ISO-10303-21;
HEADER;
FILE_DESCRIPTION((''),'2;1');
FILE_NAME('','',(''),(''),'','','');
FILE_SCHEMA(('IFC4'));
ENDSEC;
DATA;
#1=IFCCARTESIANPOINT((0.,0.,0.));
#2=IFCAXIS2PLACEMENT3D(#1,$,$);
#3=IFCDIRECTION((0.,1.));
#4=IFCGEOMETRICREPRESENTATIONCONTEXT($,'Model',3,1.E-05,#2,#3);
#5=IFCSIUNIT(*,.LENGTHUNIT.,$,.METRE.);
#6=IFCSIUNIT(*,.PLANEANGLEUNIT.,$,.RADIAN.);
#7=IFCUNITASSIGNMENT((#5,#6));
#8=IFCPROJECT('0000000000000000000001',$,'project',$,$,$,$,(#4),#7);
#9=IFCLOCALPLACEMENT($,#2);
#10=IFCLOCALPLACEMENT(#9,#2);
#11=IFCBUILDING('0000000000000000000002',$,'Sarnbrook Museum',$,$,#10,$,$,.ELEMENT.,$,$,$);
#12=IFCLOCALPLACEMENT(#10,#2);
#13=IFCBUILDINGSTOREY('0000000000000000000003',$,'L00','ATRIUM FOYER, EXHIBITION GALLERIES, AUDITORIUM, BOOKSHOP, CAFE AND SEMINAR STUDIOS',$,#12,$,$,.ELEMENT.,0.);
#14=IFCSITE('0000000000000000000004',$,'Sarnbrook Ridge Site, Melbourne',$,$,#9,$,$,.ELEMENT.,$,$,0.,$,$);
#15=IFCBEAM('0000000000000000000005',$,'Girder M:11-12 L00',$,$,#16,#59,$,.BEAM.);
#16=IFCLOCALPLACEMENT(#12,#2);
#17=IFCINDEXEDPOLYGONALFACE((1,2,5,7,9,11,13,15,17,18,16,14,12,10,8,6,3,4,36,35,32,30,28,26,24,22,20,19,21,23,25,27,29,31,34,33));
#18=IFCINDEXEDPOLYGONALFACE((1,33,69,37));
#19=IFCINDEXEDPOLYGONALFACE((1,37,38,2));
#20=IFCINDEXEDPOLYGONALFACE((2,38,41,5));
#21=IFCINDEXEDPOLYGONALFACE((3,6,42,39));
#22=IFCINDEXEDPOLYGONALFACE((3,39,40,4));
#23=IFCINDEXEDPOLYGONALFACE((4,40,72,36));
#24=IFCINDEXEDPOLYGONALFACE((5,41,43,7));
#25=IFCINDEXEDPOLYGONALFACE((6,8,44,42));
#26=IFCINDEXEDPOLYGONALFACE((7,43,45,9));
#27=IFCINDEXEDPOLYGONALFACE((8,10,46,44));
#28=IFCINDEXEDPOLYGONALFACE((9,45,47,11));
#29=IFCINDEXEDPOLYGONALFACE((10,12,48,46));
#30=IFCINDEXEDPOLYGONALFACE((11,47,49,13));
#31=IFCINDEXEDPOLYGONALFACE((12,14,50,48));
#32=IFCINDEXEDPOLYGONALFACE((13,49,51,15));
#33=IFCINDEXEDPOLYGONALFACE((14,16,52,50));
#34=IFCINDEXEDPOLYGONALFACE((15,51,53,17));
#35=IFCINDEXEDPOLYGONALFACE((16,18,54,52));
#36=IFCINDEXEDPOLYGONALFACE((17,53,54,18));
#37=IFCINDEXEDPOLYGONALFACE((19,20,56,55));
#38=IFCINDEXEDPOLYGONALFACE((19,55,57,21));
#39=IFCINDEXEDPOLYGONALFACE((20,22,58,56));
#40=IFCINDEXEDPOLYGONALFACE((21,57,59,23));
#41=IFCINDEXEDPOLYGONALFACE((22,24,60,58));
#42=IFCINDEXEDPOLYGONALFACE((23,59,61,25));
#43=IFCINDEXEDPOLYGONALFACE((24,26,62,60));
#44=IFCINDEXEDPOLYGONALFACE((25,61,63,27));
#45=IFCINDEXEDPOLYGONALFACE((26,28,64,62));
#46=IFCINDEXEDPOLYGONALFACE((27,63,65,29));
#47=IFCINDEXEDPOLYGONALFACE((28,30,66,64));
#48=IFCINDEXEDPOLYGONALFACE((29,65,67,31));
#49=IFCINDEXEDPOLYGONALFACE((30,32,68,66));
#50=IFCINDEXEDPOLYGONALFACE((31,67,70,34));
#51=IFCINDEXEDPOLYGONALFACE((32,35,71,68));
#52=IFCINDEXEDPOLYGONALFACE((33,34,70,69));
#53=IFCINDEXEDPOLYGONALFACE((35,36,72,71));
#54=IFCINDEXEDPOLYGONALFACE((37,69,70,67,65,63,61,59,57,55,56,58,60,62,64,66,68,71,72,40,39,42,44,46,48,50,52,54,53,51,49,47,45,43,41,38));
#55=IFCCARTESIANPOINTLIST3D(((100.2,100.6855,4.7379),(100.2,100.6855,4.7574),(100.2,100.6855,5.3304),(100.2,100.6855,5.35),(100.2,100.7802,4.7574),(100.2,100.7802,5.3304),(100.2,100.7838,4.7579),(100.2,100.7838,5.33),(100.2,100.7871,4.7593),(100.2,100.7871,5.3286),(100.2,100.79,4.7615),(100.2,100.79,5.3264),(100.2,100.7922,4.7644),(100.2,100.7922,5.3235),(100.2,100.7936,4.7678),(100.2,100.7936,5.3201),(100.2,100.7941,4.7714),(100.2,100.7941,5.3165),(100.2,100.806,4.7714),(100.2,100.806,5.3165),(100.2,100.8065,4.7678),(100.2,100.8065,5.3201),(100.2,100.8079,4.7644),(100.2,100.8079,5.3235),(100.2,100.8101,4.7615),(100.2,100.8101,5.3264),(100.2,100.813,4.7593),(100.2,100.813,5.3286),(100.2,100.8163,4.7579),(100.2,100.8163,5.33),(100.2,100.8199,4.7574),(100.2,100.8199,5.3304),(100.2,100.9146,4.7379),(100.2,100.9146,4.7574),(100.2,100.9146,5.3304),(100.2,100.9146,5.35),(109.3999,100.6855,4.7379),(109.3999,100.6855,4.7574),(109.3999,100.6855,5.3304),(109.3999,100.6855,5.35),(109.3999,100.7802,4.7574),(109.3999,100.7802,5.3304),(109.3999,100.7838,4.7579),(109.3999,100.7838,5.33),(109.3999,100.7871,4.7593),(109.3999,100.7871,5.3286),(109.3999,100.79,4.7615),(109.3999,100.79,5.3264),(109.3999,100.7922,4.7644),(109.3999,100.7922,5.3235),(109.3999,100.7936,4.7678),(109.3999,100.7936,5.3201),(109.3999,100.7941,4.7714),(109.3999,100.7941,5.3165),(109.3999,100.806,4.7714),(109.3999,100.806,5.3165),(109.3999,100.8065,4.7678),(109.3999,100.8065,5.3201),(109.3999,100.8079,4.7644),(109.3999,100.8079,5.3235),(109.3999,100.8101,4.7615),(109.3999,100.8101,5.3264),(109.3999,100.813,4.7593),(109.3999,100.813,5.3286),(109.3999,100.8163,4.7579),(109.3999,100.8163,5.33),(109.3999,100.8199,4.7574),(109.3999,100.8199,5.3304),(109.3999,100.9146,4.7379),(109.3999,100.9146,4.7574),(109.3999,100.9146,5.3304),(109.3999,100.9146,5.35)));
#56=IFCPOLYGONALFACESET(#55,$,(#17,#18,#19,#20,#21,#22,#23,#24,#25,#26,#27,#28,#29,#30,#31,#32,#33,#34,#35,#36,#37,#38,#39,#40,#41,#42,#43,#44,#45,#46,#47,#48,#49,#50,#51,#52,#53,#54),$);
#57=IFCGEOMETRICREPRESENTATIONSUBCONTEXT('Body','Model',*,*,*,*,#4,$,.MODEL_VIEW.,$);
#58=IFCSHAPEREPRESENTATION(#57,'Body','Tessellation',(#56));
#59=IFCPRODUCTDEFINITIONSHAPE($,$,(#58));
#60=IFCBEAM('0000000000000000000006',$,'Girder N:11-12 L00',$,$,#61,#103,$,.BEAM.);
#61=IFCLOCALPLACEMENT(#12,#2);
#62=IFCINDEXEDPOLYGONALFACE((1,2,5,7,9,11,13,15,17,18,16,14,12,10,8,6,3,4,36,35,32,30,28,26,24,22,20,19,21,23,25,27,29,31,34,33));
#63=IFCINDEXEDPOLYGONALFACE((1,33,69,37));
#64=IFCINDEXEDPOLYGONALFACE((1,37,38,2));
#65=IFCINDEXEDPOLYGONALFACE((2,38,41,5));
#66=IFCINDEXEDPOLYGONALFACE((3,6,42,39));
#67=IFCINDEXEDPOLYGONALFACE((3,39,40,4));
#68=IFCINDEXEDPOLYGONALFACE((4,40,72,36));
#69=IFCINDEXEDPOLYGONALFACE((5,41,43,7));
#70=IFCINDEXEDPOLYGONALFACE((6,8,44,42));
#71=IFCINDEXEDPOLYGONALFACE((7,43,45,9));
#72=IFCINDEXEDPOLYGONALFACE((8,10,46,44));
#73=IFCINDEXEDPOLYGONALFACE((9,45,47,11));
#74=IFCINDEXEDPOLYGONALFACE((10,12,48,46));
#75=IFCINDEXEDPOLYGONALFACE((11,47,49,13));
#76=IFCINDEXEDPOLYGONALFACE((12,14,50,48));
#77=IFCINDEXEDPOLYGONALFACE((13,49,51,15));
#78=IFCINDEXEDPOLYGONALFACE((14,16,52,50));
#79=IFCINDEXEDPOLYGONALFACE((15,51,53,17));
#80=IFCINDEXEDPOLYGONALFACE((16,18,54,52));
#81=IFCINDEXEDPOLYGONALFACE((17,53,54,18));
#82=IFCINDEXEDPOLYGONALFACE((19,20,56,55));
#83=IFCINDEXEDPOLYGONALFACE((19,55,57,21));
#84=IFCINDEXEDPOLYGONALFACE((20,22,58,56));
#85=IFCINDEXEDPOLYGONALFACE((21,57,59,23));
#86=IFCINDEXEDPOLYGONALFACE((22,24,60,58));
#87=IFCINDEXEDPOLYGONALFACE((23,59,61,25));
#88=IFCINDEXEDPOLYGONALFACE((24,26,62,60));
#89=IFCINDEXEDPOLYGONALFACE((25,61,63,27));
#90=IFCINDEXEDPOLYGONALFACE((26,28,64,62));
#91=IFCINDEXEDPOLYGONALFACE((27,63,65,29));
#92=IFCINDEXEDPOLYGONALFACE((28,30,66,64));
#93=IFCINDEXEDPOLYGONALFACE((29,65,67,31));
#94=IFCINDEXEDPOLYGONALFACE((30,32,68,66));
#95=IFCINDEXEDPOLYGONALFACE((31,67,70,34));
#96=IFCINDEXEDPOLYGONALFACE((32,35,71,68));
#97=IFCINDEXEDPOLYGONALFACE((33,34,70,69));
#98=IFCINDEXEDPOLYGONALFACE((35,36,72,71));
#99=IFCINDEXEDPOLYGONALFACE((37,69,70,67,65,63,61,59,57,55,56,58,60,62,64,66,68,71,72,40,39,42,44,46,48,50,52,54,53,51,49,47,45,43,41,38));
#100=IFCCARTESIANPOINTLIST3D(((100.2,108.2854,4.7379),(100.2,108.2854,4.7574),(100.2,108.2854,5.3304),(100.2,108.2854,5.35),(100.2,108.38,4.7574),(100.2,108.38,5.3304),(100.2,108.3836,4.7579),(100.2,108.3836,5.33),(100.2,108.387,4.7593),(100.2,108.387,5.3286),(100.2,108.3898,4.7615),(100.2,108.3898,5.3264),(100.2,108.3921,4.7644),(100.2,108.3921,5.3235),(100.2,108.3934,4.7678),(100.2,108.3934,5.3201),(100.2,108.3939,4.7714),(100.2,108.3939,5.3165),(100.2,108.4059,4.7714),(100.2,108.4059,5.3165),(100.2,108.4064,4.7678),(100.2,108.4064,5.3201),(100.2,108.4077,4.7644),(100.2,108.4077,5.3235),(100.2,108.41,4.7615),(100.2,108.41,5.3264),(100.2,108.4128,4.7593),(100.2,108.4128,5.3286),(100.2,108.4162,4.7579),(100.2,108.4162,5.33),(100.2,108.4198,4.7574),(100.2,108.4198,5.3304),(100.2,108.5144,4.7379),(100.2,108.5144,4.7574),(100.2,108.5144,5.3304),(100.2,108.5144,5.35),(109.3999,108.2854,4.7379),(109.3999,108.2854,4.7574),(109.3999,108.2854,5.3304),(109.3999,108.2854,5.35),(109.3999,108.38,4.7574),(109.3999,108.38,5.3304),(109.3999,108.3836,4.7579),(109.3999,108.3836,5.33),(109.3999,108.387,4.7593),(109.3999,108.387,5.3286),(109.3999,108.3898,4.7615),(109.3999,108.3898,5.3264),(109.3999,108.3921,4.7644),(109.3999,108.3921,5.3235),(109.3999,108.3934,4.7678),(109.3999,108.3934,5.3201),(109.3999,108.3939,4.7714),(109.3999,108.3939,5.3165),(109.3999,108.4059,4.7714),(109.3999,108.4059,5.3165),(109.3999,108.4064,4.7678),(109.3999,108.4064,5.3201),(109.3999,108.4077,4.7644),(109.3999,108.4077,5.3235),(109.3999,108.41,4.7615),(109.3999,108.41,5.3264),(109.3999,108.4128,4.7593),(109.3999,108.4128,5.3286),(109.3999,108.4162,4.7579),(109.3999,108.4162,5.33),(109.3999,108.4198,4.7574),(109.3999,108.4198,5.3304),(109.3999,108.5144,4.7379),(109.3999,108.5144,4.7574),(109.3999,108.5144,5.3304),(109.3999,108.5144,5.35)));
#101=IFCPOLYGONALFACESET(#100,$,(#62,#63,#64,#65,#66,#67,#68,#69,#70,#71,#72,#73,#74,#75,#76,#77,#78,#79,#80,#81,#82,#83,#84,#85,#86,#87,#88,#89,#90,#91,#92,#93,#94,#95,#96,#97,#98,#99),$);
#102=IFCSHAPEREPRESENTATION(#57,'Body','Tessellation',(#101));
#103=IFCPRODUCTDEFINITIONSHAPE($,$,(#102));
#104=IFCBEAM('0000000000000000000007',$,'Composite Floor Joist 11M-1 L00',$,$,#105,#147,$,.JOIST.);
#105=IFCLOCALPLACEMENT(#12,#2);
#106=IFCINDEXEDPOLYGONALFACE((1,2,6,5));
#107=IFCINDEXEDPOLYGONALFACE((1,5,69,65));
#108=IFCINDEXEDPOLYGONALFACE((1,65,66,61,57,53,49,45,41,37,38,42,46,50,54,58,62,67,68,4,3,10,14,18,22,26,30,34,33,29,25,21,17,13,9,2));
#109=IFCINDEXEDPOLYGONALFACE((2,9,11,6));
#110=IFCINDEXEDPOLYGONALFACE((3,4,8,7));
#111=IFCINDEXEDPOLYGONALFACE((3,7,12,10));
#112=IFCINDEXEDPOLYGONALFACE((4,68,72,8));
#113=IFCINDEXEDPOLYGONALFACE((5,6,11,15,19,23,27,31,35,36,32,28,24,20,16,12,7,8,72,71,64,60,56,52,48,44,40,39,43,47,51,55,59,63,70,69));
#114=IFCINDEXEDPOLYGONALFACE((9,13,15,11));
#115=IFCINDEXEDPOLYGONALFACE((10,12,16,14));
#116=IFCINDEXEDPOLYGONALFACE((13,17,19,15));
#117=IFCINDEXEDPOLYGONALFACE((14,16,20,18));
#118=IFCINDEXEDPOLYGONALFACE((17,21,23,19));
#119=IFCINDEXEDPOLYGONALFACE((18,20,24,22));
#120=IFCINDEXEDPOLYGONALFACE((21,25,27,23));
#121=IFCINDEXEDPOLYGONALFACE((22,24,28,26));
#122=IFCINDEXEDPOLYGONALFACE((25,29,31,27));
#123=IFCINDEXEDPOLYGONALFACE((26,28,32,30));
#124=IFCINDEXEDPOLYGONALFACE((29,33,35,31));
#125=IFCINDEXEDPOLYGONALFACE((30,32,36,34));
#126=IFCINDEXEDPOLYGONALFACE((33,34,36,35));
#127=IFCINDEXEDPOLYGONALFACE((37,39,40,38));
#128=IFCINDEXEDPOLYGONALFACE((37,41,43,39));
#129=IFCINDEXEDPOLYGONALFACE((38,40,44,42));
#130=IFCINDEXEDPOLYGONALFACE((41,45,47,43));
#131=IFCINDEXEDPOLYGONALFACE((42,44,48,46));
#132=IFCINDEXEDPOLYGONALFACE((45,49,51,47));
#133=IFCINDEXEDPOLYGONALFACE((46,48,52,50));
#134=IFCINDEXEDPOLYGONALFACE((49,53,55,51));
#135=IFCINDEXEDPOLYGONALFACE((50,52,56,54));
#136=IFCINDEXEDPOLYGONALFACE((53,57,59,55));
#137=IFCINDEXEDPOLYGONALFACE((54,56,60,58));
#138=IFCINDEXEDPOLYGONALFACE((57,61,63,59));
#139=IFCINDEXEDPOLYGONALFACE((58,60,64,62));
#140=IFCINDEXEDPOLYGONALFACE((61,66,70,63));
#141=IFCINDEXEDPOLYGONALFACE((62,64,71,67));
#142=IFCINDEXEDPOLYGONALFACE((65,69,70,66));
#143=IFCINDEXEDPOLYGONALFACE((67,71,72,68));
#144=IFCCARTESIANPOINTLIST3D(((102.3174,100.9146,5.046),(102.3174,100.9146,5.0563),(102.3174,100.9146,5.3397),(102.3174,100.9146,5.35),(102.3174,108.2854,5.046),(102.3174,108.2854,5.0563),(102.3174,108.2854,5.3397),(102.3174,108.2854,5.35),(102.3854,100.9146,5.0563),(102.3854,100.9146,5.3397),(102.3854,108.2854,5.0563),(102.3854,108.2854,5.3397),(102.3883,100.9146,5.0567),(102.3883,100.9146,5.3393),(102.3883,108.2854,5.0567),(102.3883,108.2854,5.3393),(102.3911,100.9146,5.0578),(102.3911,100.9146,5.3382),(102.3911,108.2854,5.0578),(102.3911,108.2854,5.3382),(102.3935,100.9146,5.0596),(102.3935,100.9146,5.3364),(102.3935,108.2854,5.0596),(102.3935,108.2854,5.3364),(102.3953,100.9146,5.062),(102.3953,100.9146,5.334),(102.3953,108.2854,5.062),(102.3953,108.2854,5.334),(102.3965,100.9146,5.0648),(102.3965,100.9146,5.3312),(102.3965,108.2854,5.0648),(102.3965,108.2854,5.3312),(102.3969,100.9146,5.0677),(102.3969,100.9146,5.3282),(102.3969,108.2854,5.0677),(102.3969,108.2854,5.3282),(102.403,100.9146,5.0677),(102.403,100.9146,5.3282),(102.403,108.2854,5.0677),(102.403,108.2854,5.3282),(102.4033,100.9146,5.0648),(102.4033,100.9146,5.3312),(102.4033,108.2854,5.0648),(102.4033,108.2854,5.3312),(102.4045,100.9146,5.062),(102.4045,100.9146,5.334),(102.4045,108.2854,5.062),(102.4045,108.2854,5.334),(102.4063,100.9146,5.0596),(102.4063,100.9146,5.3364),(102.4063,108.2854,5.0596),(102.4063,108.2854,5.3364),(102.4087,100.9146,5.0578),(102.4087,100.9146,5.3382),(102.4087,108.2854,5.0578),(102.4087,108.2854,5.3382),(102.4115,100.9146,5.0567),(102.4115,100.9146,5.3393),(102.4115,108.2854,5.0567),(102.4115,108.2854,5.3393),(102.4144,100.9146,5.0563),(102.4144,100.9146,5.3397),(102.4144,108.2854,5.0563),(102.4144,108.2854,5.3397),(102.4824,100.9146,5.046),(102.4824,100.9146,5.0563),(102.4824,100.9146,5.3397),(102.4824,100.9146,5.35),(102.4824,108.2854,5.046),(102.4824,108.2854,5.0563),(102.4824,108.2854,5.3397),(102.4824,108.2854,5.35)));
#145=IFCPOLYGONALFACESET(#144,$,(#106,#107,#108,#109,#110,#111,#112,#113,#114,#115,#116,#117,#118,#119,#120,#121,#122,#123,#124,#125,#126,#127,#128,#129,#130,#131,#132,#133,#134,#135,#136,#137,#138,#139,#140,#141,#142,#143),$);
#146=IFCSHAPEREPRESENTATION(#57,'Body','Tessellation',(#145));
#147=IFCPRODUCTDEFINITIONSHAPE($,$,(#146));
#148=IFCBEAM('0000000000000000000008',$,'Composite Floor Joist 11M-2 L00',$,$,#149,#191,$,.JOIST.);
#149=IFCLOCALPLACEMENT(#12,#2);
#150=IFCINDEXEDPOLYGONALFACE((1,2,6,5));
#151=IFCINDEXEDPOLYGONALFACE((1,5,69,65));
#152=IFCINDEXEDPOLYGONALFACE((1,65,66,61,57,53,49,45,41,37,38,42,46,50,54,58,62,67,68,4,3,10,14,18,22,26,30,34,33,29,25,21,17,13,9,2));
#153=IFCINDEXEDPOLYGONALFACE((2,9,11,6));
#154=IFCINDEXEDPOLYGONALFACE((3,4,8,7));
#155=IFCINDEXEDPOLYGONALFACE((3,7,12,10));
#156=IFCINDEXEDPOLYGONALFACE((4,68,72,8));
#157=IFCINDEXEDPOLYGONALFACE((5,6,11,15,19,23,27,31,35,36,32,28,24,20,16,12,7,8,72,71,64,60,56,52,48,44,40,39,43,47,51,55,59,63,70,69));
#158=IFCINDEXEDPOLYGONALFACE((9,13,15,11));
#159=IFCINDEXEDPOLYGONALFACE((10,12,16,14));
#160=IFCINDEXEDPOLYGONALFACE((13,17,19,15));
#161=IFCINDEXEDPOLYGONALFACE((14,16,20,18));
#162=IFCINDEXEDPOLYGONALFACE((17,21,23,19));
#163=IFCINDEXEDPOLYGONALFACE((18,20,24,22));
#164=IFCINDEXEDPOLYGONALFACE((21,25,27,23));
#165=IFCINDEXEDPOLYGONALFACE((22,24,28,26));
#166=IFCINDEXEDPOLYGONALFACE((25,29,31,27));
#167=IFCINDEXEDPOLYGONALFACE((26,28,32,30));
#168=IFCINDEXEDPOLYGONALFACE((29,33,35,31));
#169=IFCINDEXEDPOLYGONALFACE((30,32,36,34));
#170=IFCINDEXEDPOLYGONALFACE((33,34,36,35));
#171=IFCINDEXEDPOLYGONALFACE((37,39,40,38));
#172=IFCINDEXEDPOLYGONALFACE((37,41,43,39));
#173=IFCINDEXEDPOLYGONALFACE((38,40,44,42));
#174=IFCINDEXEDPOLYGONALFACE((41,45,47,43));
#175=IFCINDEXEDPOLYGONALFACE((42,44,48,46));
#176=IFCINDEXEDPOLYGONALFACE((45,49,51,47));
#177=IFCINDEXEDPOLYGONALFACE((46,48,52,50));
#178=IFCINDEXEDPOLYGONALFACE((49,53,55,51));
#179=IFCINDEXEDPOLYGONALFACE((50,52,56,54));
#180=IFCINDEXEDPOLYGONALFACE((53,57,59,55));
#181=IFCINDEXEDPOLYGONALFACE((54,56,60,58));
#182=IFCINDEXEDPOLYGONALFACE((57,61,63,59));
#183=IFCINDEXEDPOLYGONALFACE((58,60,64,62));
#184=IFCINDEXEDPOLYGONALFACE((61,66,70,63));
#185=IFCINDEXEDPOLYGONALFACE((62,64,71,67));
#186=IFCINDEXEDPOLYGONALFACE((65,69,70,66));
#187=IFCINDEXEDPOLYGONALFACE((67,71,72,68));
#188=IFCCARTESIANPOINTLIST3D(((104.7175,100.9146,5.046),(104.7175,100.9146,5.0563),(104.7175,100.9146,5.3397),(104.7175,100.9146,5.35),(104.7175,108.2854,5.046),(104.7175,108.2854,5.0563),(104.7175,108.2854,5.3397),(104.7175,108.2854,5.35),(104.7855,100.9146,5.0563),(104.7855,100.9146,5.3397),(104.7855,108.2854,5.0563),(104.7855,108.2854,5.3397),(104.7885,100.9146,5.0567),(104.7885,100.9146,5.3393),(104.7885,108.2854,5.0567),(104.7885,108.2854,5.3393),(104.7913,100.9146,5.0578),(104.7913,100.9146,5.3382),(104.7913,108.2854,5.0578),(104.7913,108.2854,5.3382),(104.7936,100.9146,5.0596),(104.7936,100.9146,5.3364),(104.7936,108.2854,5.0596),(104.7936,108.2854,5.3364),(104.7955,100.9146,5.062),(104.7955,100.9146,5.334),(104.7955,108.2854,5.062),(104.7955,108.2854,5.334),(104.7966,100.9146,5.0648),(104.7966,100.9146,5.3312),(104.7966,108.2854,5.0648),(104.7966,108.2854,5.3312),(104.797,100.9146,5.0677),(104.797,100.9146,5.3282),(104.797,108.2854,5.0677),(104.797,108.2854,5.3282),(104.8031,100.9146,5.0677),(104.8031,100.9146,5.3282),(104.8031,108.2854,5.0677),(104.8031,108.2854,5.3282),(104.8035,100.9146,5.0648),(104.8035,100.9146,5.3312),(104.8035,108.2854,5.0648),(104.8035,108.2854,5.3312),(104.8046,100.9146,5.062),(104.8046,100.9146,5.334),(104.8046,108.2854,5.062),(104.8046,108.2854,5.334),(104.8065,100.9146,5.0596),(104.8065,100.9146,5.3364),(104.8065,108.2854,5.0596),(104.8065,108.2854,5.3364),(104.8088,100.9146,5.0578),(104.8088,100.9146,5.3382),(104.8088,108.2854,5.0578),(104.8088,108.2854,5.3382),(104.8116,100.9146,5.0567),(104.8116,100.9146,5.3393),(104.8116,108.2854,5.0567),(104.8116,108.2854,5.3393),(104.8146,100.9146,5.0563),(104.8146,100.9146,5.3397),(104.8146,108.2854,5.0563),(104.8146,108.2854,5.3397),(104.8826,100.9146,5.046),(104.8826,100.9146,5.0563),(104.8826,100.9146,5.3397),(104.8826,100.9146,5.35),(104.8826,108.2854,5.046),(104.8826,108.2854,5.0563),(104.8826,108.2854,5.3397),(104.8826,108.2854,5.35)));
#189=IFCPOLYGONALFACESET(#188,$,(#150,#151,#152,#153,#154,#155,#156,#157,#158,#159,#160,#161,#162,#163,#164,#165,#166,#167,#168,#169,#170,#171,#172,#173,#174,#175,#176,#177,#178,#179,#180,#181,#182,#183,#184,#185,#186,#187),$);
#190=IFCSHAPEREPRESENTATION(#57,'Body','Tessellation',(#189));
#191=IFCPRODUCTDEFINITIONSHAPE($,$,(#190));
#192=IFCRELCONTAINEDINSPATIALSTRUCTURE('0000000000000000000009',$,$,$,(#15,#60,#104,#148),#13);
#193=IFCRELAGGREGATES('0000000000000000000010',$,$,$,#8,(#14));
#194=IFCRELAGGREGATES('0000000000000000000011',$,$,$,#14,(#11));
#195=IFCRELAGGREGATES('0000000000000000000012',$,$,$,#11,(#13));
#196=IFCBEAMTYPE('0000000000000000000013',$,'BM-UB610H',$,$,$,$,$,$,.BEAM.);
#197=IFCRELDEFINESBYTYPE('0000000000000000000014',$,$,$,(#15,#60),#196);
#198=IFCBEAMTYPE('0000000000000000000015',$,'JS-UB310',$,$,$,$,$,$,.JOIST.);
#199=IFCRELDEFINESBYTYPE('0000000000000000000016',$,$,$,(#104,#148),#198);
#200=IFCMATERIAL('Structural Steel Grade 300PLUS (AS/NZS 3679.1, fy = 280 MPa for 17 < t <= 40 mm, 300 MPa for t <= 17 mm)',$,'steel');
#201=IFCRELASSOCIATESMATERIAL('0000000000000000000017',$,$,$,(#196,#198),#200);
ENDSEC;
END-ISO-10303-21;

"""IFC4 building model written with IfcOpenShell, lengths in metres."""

from ifc_helpers import new_model, si_unit, direction, frame, origin, origin_2d, place, context, subcontext, project, spatial, i_section, extrude, material, material_profile, profile_set, type_object, element, save


model = new_model("IFC4")

# Units and contexts
model_context = context("Model", 3, precision=1e-05, world=origin(), true_north=direction((0.0, 1.0)))
body_context = subcontext(model_context, "Body", "Model", "MODEL_VIEW")
ifc_project = project(units=[si_unit("LENGTHUNIT", "METRE"), si_unit("PLANEANGLEUNIT", "RADIAN")], contexts=[model_context])

# Site, building, storey
site_placement = place(None, origin())
site = spatial("IfcSite", under=ifc_project, at=site_placement, Name="Sarnbrook Ridge Site, Melbourne", CompositionType="ELEMENT", RefElevation=0.0)
building_placement = place(site_placement, origin())
building = spatial("IfcBuilding", under=site, at=building_placement, Name="Sarnbrook Museum", CompositionType="ELEMENT")
storey_placement = place(building_placement, origin())
storey = spatial("IfcBuildingStorey", under=building, at=storey_placement, Name="L00", Description="ATRIUM FOYER, EXHIBITION GALLERIES, AUDITORIUM, BOOKSHOP, CAFE AND SEMINAR STUDIOS", CompositionType="ELEMENT", Elevation=0.0)

# Beams
ifc_material_1 = material(Name="Structural Steel Grade 300PLUS (AS/NZS 3679.1, fy = 280 MPa for 17 < t <= 40 mm, 300 MPa for t <= 17 mm)", Category="steel")
ifc_material_profile_1 = material_profile(ifc_material_1, i_section(OverallWidth=0.229, OverallDepth=0.6121, WebThickness=0.012, FlangeThickness=0.0195, FilletRadius=0.0139, at=origin_2d()), Name="610UB125")
ifc_profile_set_1 = profile_set([ifc_material_profile_1], Name="Structural Steel Grade 300PLUS (AS/NZS 3679.1, fy = 280 MPa for 17 < t <= 40 mm, 300 MPa for t <= 17 mm)")
beam_type_1 = type_object("IfcBeamType", Name="BM-UB610H", PredefinedType="BEAM", material=ifc_profile_set_1)
for number, where, z_axis, x_axis, name in (
    (1, (100.2, 100.8, 5.0439), (1.0, 0.0, 0.0), (0.0, 1.0, 0.0), "Girder M:11-12 L00"),
    (2, (100.2, 108.3999, 5.0439), (1.0, 0.0, 0.0), (0.0, 1.0, 0.0), "Girder N:11-12 L00"),
):
    element("IfcBeam", number, at=place(storey_placement, frame(where, z_axis=z_axis, x_axis=x_axis)), inside=storey, type_object=beam_type_1, Name=name, PredefinedType="BEAM", context=body_context, shape_type="SweptSolid", body=[
        extrude(i_section(OverallWidth=0.229, OverallDepth=0.6121, WebThickness=0.012, FlangeThickness=0.0195, FilletRadius=0.0139, at=origin_2d()), origin(), (0.0, 0.0, 1.0), 9.2),
    ])
ifc_material_profile_2 = material_profile(ifc_material_1, i_section(OverallWidth=0.165, OverallDepth=0.304, WebThickness=0.0061, FlangeThickness=0.0103, FilletRadius=0.0115, at=origin_2d()), Name="310UB40.4")
ifc_profile_set_2 = profile_set([ifc_material_profile_2], Name="Structural Steel Grade 300PLUS (AS/NZS 3679.1, fy = 280 MPa for 17 < t <= 40 mm, 300 MPa for t <= 17 mm)")
beam_type_2 = type_object("IfcBeamType", Name="JS-UB310", PredefinedType="JOIST", material=ifc_profile_set_2)
for number, where, z_axis, x_axis, name in (
    (3, (102.3999, 100.9146, 5.198), (0.0, 1.0, 0.0), (-1.0, 0.0, 0.0), "Composite Floor Joist 11M-1 L00"),
    (4, (104.8, 100.9146, 5.198), (0.0, 1.0, 0.0), (-1.0, 0.0, 0.0), "Composite Floor Joist 11M-2 L00"),
):
    element("IfcBeam", number, at=place(storey_placement, frame(where, z_axis=z_axis, x_axis=x_axis)), inside=storey, type_object=beam_type_2, Name=name, PredefinedType="JOIST", context=body_context, shape_type="SweptSolid", body=[
        extrude(i_section(OverallWidth=0.165, OverallDepth=0.304, WebThickness=0.0061, FlangeThickness=0.0103, FilletRadius=0.0115, at=origin_2d()), origin(), (0.0, 0.0, 1.0), 7.3708),
    ])

save(model, "model.ifc")
